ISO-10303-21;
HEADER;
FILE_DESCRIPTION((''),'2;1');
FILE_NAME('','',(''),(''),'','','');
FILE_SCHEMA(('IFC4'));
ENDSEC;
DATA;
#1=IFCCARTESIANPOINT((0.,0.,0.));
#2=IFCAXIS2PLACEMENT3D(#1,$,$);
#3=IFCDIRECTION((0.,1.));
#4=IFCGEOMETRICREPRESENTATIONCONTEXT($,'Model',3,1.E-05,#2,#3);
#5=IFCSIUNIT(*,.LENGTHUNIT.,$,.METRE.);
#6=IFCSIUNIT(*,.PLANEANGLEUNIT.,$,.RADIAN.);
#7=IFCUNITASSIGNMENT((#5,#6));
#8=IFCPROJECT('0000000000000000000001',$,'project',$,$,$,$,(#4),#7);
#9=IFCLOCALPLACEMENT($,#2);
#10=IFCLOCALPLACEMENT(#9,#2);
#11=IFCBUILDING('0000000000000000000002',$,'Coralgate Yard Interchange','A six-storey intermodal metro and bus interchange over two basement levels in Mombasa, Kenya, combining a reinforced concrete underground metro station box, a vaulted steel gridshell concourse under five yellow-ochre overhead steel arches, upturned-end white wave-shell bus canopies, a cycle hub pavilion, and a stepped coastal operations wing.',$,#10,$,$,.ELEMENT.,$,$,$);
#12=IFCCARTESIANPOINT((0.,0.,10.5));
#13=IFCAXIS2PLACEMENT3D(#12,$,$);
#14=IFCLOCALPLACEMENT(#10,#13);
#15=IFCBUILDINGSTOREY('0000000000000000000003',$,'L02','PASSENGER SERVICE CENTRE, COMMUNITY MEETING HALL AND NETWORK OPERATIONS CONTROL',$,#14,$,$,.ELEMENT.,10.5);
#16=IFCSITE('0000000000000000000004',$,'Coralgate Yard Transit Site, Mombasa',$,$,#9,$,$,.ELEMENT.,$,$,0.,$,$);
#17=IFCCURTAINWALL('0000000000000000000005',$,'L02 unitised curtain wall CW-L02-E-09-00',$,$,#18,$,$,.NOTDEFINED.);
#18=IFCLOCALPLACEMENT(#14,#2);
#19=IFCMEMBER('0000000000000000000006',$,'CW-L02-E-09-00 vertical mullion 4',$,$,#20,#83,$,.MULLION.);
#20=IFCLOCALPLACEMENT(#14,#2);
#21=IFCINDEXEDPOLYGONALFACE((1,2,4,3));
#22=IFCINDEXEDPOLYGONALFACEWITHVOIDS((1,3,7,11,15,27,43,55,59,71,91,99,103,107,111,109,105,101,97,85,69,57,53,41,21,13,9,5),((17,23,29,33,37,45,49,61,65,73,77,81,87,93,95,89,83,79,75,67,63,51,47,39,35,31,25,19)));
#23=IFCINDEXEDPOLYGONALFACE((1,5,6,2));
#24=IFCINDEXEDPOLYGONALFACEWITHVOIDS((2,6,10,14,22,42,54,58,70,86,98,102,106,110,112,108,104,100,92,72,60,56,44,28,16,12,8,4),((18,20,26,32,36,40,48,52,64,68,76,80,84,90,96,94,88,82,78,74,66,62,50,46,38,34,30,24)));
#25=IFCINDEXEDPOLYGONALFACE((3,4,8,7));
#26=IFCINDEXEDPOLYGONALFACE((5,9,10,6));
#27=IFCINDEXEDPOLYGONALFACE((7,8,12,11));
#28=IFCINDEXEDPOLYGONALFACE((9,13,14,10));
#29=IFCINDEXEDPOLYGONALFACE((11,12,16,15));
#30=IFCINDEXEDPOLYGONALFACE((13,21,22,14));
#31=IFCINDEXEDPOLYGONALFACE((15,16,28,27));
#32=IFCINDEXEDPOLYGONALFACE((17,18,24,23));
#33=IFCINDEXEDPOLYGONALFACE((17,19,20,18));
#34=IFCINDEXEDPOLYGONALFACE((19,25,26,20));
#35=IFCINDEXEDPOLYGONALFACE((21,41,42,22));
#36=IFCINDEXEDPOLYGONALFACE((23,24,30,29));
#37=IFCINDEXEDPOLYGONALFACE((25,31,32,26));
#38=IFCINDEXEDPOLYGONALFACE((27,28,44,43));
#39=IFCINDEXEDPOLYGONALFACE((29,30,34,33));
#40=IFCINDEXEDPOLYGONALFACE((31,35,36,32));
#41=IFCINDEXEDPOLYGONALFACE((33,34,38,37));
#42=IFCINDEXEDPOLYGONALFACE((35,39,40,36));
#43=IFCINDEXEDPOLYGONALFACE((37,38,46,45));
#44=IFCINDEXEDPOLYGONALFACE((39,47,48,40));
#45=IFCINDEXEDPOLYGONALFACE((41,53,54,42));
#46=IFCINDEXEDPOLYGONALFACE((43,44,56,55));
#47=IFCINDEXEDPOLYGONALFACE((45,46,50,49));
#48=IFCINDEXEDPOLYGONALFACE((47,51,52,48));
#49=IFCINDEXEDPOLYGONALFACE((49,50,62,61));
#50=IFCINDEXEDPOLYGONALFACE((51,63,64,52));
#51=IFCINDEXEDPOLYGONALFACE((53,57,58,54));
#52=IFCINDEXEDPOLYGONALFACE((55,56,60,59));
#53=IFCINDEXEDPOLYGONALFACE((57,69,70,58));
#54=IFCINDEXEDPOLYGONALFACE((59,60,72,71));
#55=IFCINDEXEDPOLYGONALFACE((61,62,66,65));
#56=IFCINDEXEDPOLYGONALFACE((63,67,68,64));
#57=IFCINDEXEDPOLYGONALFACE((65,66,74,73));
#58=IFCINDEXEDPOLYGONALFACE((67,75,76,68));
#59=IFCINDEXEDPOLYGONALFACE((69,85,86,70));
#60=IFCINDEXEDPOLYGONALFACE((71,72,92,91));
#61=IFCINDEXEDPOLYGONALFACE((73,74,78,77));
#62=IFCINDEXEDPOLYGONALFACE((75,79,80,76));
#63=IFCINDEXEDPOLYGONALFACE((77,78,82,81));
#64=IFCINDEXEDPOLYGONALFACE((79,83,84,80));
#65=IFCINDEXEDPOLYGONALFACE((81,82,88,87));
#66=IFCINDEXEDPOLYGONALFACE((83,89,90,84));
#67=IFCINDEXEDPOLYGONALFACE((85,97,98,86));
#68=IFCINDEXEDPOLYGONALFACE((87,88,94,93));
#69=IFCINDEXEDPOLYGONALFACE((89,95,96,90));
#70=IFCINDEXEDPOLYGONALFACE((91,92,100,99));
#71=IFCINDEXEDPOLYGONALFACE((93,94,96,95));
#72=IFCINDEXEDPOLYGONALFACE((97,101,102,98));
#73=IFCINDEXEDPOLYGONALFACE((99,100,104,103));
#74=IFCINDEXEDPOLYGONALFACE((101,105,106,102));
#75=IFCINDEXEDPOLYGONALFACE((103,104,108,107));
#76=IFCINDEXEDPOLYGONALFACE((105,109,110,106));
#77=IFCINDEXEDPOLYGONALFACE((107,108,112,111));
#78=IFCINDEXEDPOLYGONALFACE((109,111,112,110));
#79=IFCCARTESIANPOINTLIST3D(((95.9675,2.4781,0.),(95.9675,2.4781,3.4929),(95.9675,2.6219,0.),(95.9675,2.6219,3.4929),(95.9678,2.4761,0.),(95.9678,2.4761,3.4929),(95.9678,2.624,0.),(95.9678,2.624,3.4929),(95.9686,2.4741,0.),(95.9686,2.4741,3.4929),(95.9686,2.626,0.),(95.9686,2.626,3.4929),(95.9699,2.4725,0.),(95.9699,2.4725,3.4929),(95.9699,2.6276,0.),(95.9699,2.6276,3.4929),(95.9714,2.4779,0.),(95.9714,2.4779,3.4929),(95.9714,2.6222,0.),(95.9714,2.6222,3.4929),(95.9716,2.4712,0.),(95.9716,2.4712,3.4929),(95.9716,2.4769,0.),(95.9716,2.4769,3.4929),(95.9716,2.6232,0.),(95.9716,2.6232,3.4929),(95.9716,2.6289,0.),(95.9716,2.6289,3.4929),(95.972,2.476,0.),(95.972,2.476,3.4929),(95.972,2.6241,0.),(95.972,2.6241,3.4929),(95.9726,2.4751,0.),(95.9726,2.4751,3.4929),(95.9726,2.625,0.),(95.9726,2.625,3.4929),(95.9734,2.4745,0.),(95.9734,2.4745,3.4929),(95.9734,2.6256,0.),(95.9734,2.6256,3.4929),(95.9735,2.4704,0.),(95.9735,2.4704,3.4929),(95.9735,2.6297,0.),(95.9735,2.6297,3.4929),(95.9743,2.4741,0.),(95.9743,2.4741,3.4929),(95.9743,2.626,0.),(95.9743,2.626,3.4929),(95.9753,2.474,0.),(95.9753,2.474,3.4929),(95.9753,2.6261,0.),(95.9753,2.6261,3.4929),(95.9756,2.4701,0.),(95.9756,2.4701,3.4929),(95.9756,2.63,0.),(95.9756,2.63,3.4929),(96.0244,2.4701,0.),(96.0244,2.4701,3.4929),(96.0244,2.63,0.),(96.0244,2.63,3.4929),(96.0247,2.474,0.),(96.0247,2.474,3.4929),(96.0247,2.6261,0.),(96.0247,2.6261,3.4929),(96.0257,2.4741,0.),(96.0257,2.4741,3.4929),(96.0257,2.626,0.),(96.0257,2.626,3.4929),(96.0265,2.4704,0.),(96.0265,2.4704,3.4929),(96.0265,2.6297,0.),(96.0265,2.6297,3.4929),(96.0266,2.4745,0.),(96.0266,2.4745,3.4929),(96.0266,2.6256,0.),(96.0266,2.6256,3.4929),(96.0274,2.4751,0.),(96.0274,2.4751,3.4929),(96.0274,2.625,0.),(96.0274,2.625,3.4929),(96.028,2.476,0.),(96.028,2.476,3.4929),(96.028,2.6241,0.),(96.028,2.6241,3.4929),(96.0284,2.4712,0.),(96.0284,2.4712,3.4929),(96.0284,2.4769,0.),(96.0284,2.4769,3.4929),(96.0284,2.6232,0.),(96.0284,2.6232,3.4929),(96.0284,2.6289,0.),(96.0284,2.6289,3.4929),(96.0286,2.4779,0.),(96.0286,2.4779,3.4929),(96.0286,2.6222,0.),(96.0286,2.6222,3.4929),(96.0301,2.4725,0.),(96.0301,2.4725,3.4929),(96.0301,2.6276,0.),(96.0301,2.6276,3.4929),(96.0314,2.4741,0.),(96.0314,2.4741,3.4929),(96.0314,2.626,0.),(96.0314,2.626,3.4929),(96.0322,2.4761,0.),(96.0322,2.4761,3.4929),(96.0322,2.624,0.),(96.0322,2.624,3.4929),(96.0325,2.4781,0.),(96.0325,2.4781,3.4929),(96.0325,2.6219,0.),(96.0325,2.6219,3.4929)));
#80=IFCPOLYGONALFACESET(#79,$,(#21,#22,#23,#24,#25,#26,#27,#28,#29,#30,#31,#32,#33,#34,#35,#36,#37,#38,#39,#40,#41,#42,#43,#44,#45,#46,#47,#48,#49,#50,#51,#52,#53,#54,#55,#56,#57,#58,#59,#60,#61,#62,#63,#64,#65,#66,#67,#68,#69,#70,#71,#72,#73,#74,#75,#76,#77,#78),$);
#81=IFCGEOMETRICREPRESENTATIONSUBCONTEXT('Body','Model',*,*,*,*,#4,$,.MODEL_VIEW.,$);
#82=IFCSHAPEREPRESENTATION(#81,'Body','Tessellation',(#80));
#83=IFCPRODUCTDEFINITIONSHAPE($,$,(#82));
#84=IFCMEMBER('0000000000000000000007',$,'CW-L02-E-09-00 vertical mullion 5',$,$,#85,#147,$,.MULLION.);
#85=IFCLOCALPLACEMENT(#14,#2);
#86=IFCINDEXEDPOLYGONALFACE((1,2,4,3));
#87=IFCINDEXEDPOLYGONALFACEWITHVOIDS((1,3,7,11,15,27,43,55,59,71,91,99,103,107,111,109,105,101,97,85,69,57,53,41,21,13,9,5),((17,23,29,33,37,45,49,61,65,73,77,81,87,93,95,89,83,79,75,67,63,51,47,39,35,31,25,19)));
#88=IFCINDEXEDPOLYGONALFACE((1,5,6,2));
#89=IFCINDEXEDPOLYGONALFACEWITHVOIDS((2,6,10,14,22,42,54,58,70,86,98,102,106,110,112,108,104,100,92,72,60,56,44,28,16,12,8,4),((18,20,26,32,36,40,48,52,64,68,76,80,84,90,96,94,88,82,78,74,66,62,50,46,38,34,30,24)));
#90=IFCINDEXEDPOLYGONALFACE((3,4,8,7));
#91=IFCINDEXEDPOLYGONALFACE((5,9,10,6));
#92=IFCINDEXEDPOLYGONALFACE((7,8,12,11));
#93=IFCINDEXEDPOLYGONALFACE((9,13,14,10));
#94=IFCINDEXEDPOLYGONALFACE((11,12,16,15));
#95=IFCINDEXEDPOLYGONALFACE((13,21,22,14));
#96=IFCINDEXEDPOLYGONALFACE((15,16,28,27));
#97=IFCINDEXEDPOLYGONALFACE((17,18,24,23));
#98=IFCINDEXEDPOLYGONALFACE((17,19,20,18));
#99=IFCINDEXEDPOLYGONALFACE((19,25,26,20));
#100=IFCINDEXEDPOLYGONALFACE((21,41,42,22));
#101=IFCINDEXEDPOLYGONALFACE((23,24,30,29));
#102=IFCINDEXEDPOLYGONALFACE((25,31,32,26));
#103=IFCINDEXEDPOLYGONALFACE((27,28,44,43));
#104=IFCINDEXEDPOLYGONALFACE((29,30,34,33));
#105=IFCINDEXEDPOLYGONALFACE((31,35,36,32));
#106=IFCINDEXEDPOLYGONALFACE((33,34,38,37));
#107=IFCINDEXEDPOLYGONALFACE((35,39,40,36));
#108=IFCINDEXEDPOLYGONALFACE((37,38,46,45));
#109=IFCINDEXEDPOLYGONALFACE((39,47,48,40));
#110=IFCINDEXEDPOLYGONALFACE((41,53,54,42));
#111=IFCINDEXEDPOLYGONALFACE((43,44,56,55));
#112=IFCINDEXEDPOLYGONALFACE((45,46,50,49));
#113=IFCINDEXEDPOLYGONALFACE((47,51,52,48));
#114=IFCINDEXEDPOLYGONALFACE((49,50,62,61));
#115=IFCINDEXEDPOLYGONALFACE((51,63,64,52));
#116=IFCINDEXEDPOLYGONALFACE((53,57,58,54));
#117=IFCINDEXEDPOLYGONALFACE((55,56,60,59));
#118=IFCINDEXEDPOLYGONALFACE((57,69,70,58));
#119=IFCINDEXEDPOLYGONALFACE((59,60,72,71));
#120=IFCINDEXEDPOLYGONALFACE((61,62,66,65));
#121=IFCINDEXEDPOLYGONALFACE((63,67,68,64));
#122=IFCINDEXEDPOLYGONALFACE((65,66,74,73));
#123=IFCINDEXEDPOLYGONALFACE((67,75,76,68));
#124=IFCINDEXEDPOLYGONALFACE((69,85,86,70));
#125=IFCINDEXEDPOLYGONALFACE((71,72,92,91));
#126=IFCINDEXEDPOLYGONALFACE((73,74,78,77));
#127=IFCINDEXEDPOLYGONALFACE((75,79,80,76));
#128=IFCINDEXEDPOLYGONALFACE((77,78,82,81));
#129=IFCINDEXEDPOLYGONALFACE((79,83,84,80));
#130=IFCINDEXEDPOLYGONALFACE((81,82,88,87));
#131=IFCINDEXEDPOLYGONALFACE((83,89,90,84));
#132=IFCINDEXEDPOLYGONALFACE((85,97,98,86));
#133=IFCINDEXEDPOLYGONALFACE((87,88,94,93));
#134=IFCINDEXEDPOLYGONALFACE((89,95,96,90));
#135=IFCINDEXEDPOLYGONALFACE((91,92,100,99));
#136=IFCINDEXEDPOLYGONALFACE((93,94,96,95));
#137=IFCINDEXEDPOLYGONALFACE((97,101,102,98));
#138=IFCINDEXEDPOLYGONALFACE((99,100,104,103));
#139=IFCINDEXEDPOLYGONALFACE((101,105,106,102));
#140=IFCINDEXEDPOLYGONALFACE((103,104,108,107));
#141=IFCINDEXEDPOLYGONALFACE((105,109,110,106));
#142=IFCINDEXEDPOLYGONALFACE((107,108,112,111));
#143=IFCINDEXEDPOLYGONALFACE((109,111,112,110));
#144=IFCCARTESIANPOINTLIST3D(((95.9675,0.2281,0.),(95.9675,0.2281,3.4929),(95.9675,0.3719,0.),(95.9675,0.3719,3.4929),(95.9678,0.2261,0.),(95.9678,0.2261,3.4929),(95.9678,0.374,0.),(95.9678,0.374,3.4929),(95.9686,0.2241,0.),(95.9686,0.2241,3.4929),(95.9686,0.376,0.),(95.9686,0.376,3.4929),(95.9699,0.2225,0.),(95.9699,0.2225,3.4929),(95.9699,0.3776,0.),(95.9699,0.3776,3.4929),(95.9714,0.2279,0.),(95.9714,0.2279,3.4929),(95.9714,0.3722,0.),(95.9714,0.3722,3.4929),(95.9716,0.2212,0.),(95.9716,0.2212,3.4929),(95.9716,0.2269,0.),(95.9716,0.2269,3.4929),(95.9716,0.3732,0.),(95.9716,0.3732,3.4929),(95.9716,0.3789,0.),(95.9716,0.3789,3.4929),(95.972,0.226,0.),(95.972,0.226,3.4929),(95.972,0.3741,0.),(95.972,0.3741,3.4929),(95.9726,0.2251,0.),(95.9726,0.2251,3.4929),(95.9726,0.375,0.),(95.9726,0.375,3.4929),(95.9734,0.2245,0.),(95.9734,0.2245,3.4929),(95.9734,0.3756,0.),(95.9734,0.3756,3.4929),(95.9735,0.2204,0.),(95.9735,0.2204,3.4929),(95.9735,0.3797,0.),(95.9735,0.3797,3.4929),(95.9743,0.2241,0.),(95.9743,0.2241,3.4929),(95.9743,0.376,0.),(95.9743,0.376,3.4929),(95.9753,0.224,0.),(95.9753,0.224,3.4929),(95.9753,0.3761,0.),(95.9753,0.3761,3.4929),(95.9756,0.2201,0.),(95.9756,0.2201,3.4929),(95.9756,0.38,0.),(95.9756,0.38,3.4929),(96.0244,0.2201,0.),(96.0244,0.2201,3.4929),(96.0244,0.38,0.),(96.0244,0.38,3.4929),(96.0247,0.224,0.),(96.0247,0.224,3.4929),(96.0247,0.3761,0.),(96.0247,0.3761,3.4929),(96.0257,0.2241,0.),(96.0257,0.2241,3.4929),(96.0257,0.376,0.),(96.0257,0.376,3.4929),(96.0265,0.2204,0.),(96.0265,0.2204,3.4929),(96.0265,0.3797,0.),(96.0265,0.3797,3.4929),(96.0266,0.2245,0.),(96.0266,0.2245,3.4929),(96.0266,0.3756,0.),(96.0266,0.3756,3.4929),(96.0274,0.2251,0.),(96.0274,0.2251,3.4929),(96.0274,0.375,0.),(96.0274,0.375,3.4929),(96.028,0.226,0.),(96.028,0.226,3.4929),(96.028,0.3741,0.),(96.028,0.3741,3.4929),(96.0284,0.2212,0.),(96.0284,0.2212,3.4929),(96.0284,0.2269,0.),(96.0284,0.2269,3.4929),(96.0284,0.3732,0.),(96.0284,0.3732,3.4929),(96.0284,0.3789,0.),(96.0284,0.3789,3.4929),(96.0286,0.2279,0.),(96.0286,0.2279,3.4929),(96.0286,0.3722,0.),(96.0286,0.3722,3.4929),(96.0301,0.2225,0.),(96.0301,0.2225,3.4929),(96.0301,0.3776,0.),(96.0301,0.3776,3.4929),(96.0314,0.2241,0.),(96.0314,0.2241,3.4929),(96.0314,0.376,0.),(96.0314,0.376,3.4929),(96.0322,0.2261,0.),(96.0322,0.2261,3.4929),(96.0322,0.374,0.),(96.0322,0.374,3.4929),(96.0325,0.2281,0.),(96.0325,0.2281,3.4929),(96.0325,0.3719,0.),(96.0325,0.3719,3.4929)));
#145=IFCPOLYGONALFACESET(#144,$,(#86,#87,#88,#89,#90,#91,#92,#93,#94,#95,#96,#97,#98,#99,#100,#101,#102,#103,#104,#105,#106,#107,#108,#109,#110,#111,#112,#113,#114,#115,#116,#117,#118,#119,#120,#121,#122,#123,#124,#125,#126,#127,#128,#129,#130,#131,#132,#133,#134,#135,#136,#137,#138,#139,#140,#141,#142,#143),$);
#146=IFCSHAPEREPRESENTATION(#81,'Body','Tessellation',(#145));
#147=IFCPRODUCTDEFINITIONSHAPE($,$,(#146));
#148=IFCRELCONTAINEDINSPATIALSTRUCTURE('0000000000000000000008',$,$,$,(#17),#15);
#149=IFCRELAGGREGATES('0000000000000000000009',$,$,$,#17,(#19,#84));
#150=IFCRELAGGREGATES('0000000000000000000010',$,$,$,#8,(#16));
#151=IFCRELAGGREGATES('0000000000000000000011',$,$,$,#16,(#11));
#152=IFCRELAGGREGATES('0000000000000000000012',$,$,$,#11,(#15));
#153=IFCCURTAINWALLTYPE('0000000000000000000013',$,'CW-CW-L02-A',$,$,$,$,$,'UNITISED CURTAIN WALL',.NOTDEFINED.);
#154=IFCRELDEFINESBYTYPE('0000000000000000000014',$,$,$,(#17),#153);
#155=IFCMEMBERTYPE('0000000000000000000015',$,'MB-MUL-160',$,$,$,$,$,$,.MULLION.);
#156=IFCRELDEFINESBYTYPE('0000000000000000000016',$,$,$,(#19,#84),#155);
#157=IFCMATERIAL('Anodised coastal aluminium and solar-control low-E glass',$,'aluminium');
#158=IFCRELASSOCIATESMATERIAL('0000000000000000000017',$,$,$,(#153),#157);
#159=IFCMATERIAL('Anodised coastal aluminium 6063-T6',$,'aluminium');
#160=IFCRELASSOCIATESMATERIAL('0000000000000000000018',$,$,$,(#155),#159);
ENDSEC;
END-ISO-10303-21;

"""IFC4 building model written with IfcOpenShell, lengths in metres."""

from ifc_helpers import new_model, si_unit, direction, frame, origin, origin_2d, place, context, subcontext, project, spatial, hollow_rectangle, extrude, material, material_profile, profile_set, type_object, element, aggregate, save


model = new_model("IFC4")

# Units and contexts
model_context = context("Model", 3, precision=1e-05, world=origin(), true_north=direction((0.0, 1.0)))
body_context = subcontext(model_context, "Body", "Model", "MODEL_VIEW")
ifc_project = project(units=[si_unit("LENGTHUNIT", "METRE"), si_unit("PLANEANGLEUNIT", "RADIAN")], contexts=[model_context])

# Site, building, storey
site_placement = place(None, origin())
site = spatial("IfcSite", under=ifc_project, at=site_placement, Name="Coralgate Yard Transit Site, Mombasa", CompositionType="ELEMENT", RefElevation=0.0)
building_placement = place(site_placement, origin())
building = spatial("IfcBuilding", under=site, at=building_placement, Name="Coralgate Yard Interchange", Description="A six-storey intermodal metro and bus interchange over two basement levels in Mombasa, Kenya, combining a reinforced concrete underground metro station box, a vaulted steel gridshell concourse under five yellow-ochre overhead steel arches, upturned-end white wave-shell bus canopies, a cycle hub pavilion, and a stepped coastal operations wing.", CompositionType="ELEMENT")
storey_placement = place(building_placement, frame((0.0, 0.0, 10.5)))
storey = spatial("IfcBuildingStorey", under=building, at=storey_placement, Name="L02", Description="PASSENGER SERVICE CENTRE, COMMUNITY MEETING HALL AND NETWORK OPERATIONS CONTROL", CompositionType="ELEMENT", Elevation=10.5)

# Shared definitions
ifc_material_1 = material(Name="Anodised coastal aluminium and solar-control low-E glass", Category="aluminium")
curtain_wall_type = type_object("IfcCurtainWallType", Name="CW-CW-L02-A", ElementType="UNITISED CURTAIN WALL", PredefinedType="NOTDEFINED", material=ifc_material_1)
ifc_material_2 = material(Name="Anodised coastal aluminium 6063-T6", Category="aluminium")
ifc_material_profile_1 = material_profile(ifc_material_2, hollow_rectangle(XDim=0.0649, YDim=0.1599, WallThickness=0.0039, InnerFilletRadius=0.0039, OuterFilletRadius=0.0081, at=origin_2d()), Name="ALU 65x160x4")
ifc_profile_set_1 = profile_set([ifc_material_profile_1], Name="Anodised coastal aluminium 6063-T6")
member_type_1 = type_object("IfcMemberType", Name="MB-MUL-160", PredefinedType="MULLION", material=ifc_profile_set_1)

# Curtain wall, members
curtain_wall_1_placement = place(storey_placement, origin())
curtain_wall_1 = element("IfcCurtainWall", 1, at=curtain_wall_1_placement, inside=storey, type_object=curtain_wall_type, Name="L02 unitised curtain wall CW-L02-E-09-00", PredefinedType="NOTDEFINED")
member_1_placement = place(storey_placement, frame((96.0, 2.55, 0.0), z_axis=(0.0, 0.0, 1.0), x_axis=(1.0, 0.0, 0.0)))
member_1 = element("IfcMember", 2, at=member_1_placement, type_object=member_type_1, Name="CW-L02-E-09-00 vertical mullion 4", PredefinedType="MULLION", context=body_context, shape_type="SweptSolid", body=[
    extrude(hollow_rectangle(XDim=0.0649, YDim=0.1599, WallThickness=0.0039, InnerFilletRadius=0.0039, OuterFilletRadius=0.0081, at=origin_2d()), origin(), (0.0, 0.0, 1.0), 3.4929),
])
member_2_placement = place(storey_placement, frame((96.0, 0.3, 0.0), z_axis=(0.0, 0.0, 1.0), x_axis=(1.0, 0.0, 0.0)))
member_2 = element("IfcMember", 3, at=member_2_placement, type_object=member_type_1, Name="CW-L02-E-09-00 vertical mullion 5", PredefinedType="MULLION", context=body_context, shape_type="SweptSolid", body=[
    extrude(hollow_rectangle(XDim=0.0649, YDim=0.1599, WallThickness=0.0039, InnerFilletRadius=0.0039, OuterFilletRadius=0.0081, at=origin_2d()), origin(), (0.0, 0.0, 1.0), 3.4929),
])

aggregate(curtain_wall_1, [member_1, member_2])

save(model, "model.ifc")
